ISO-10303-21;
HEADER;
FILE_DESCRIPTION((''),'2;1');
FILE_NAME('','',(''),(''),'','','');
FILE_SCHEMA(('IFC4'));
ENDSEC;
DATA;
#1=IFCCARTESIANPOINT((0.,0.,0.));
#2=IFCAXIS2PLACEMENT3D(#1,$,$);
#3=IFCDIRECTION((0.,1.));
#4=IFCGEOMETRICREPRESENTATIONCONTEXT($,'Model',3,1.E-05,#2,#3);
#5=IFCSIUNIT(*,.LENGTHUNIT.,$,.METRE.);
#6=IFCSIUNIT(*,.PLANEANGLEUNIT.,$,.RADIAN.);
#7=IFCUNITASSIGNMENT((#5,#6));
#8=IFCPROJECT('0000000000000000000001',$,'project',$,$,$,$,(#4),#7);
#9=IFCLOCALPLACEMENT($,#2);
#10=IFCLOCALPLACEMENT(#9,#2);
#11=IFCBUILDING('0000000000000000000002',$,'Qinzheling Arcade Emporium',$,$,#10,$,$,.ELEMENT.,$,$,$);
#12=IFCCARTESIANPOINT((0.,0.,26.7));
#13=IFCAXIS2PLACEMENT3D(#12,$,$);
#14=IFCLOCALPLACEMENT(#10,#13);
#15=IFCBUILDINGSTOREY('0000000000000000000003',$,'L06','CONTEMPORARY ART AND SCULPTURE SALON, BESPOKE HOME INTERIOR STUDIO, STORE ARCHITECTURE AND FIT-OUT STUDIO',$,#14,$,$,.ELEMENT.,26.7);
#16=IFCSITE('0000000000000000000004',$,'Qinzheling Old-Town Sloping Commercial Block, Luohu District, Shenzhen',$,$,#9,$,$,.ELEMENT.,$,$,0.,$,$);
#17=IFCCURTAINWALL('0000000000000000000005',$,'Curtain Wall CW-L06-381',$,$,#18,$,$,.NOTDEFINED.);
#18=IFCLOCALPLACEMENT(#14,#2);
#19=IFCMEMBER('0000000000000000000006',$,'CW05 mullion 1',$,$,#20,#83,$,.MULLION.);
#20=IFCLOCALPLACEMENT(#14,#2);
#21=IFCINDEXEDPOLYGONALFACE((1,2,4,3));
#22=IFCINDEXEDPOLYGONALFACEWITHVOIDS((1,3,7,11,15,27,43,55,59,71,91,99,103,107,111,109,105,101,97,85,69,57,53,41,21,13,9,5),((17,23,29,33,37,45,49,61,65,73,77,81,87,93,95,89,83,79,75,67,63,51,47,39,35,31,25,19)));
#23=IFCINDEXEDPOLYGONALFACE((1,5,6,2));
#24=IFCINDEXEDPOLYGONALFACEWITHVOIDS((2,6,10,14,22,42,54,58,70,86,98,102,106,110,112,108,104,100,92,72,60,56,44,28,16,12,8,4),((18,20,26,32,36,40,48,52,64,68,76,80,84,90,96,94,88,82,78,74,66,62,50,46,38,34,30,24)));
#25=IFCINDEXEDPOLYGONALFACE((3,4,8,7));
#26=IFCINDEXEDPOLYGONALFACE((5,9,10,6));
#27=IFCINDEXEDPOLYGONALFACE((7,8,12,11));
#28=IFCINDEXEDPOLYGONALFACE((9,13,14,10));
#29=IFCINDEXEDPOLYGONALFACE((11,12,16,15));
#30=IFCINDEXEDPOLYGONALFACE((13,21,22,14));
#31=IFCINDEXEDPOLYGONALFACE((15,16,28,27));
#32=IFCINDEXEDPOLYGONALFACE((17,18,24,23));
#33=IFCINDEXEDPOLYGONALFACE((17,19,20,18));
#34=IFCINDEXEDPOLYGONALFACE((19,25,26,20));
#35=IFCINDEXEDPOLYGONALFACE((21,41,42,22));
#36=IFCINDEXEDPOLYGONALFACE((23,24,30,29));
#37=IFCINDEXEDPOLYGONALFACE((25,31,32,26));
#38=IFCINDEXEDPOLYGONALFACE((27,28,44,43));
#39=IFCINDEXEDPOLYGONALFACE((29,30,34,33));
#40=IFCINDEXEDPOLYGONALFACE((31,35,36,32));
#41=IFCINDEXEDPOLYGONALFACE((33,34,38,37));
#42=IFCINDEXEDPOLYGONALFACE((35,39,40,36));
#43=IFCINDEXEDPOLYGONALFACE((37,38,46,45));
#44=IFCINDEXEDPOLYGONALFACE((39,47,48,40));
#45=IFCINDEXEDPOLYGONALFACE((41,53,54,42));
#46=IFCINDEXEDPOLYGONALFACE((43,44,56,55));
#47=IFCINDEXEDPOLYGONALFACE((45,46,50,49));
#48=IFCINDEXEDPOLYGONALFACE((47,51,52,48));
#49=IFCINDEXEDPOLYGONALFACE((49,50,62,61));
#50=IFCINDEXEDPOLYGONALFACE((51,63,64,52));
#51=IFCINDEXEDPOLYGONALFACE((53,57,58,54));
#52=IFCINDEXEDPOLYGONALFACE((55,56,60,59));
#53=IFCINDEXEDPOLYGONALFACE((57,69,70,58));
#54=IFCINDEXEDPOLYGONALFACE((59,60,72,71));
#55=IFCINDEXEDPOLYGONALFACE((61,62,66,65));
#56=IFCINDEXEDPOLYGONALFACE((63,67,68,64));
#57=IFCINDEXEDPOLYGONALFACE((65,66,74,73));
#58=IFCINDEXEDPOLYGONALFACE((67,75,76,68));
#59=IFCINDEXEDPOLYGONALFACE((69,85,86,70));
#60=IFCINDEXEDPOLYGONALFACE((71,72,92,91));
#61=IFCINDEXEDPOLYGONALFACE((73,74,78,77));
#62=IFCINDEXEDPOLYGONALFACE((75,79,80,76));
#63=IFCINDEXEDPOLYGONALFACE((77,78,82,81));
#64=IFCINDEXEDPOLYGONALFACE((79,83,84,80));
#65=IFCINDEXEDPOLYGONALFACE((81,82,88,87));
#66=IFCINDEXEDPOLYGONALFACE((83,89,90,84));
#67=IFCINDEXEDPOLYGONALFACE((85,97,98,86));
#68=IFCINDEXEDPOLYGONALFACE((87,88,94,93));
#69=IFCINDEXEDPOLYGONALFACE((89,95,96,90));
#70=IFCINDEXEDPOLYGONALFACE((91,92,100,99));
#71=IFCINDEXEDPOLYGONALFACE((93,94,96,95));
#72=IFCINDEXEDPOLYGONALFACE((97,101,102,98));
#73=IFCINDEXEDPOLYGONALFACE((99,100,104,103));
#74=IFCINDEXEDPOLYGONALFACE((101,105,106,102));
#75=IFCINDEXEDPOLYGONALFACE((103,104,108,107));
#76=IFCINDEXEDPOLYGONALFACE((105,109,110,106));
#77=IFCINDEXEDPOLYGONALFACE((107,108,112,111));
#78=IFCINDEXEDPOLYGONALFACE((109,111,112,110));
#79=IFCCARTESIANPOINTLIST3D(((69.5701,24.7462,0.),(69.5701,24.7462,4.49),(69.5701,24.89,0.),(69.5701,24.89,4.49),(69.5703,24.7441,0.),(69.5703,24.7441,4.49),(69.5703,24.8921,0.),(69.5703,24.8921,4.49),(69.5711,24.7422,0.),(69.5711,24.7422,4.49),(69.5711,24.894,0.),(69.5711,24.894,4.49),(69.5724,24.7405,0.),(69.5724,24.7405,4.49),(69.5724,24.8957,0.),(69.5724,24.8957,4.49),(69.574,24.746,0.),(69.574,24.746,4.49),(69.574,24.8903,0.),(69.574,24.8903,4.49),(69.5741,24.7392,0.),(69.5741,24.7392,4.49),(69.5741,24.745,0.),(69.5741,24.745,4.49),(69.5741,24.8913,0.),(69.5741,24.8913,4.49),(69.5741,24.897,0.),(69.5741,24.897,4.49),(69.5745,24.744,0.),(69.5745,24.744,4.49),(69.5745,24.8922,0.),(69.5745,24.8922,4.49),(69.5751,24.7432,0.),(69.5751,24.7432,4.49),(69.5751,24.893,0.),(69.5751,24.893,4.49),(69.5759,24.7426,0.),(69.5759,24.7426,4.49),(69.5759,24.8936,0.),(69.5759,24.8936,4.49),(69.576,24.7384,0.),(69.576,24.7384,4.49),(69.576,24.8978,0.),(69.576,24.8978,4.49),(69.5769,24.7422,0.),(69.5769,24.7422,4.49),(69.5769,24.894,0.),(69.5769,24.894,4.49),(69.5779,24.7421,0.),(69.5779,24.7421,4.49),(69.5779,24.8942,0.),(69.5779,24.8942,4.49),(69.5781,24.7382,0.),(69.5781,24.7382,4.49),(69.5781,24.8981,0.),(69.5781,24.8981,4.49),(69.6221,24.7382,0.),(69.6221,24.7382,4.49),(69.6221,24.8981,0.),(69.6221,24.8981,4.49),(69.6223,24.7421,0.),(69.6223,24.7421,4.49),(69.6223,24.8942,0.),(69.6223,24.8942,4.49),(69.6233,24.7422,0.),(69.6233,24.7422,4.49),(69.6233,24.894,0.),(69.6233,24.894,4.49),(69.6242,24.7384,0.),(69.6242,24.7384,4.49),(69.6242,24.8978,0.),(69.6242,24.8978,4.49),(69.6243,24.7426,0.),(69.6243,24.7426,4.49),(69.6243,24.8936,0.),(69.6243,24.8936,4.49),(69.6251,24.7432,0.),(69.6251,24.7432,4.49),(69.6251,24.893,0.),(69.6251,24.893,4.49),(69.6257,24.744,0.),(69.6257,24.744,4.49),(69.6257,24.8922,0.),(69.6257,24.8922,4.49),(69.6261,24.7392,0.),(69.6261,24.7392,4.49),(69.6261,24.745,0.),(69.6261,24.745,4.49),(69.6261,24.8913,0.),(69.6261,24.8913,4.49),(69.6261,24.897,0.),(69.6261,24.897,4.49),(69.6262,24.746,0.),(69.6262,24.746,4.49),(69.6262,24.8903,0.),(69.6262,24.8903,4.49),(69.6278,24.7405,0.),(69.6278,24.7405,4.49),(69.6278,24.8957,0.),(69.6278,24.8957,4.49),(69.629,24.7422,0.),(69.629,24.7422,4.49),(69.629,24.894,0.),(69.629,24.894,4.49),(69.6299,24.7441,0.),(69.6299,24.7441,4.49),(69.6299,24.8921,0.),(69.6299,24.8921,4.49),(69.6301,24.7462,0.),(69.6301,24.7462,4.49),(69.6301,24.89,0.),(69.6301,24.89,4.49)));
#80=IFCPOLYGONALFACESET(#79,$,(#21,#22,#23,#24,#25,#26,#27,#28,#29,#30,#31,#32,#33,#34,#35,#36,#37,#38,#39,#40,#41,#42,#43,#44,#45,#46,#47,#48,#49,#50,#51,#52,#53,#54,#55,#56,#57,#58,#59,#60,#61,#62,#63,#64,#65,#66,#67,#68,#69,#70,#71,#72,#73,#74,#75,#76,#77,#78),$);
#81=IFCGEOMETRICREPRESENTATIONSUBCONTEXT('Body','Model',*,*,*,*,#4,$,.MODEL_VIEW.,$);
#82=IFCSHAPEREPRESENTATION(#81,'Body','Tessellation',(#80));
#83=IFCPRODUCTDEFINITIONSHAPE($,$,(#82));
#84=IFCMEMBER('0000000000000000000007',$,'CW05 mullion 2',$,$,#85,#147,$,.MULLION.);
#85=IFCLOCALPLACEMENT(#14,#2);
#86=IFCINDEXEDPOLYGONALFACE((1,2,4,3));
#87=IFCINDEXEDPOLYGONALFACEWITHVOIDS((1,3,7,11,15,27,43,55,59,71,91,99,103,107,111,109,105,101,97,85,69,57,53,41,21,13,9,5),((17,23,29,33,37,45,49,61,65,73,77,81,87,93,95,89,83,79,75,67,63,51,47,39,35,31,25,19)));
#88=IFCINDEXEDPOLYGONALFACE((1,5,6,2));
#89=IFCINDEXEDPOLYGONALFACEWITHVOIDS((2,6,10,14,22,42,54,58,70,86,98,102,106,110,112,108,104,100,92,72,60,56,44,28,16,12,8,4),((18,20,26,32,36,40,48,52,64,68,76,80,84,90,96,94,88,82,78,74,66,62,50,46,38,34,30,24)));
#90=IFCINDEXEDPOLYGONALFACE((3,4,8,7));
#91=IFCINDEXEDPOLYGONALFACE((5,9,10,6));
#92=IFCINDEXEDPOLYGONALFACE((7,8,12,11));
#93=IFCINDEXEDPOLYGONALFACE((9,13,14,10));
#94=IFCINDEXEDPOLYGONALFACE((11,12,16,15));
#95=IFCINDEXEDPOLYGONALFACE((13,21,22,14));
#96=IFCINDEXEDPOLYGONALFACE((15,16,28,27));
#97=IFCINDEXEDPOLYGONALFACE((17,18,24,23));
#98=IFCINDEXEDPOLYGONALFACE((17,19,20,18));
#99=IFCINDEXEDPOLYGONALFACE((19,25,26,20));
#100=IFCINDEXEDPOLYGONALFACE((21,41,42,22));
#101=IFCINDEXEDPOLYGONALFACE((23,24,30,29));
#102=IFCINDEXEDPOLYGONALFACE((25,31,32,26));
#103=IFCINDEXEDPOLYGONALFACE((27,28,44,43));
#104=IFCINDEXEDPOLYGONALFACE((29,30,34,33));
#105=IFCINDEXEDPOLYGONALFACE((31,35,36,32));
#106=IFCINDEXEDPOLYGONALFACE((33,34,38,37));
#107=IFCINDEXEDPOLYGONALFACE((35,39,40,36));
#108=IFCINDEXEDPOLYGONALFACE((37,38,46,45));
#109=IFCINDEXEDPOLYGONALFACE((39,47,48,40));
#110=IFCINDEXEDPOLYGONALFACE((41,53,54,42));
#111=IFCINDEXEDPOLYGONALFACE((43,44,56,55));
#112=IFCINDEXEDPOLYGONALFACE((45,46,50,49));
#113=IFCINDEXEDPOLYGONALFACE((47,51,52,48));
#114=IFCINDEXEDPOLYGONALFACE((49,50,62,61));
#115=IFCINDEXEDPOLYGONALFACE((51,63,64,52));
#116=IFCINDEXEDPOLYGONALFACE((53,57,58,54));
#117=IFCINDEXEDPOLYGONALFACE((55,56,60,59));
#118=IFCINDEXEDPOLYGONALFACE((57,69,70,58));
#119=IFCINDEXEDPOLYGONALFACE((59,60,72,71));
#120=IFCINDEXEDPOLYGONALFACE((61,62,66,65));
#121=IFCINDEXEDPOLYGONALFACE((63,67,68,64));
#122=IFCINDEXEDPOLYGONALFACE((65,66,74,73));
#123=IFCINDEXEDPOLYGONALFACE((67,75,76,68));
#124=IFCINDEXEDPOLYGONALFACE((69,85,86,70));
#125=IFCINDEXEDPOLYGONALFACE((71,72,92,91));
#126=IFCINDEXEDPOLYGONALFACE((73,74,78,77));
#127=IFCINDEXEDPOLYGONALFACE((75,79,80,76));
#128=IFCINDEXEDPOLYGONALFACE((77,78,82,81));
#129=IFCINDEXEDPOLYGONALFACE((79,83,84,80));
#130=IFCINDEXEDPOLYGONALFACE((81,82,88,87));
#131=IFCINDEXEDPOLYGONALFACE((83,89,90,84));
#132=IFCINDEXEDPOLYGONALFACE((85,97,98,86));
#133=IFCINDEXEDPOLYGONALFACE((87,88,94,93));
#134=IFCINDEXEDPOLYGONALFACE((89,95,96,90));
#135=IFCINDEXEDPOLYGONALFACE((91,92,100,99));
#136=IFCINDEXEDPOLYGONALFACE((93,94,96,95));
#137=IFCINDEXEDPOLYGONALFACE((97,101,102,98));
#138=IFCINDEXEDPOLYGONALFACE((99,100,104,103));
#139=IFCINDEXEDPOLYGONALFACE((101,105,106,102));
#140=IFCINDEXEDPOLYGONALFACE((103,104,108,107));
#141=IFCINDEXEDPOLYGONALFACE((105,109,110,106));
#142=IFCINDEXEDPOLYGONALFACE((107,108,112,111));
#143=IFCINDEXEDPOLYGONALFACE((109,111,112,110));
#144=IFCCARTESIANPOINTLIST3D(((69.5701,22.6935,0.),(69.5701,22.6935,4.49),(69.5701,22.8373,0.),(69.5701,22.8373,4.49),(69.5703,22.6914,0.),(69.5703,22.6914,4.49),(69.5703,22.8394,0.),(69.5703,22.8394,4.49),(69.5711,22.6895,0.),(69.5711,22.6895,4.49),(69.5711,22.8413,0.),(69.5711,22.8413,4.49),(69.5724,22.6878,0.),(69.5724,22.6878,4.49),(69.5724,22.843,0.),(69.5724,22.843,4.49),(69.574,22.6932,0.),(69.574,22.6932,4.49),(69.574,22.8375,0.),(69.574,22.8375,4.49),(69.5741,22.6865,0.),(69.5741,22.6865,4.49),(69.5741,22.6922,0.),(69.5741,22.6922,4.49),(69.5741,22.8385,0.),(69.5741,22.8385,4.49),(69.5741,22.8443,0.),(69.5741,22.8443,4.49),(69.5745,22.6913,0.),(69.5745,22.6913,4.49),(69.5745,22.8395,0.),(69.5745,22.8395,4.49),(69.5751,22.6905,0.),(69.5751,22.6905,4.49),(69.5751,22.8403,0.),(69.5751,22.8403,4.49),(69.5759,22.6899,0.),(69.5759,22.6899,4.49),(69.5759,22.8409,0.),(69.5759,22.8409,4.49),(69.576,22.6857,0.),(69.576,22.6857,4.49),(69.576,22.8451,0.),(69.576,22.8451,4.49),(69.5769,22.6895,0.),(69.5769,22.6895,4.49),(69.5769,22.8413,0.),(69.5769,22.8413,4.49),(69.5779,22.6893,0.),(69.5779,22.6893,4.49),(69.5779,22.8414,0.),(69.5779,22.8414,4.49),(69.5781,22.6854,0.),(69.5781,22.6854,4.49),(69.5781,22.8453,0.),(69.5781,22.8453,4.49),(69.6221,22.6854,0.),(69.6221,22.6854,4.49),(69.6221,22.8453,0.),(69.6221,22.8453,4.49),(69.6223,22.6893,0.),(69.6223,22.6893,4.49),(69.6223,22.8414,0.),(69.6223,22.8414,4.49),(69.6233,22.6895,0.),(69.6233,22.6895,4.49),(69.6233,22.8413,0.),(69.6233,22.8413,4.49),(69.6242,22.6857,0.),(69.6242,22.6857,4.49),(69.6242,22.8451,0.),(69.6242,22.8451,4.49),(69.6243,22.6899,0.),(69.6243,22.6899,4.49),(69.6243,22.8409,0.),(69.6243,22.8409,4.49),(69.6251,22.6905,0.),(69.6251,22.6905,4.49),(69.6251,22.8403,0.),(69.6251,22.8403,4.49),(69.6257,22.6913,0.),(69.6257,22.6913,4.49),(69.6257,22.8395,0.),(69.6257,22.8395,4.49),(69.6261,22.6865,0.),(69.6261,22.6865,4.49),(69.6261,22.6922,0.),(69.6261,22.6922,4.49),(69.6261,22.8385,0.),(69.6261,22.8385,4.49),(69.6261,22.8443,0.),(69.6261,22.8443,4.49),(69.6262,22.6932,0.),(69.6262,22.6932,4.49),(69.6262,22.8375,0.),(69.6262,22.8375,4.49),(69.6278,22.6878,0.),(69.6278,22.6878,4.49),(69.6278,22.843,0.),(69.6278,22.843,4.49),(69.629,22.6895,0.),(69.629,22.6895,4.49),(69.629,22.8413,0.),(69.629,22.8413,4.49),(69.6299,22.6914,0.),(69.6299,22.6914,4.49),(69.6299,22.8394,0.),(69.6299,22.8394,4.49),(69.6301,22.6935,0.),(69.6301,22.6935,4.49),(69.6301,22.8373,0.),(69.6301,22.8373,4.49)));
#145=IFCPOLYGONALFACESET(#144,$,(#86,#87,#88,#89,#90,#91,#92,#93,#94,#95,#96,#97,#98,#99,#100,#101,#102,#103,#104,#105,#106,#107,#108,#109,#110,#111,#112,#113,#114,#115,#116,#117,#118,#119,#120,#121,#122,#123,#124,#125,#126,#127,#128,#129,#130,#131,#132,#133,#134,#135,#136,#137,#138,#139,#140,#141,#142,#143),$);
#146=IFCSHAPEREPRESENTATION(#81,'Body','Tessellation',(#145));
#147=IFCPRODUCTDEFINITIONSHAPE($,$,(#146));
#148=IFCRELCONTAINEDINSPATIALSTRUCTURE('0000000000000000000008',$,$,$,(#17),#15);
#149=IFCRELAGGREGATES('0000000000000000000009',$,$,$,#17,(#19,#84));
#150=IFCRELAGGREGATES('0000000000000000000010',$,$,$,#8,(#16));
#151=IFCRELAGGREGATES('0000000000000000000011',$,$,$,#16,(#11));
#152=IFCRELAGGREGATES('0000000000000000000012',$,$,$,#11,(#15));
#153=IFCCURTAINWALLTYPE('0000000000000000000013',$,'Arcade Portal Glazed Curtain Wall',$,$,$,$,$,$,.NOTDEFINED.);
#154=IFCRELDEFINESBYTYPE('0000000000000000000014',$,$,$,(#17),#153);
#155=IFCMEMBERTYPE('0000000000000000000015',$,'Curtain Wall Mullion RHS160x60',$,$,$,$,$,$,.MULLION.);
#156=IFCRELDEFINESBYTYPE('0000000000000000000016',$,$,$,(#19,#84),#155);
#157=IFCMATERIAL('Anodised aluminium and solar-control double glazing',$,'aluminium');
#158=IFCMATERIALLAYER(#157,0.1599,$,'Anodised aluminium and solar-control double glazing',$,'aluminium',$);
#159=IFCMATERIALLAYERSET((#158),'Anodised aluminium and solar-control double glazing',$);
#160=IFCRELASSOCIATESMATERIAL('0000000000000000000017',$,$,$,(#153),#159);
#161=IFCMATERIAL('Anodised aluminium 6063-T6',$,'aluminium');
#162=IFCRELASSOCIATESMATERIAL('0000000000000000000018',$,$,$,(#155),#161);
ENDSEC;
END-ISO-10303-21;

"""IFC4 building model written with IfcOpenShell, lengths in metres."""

from ifc_helpers import new_model, si_unit, direction, frame, origin, origin_2d, place, context, subcontext, project, spatial, hollow_rectangle, extrude, material, layer, layer_set, material_profile, profile_set, type_object, element, aggregate, save


model = new_model("IFC4")

# Units and contexts
model_context = context("Model", 3, precision=1e-05, world=origin(), true_north=direction((0.0, 1.0)))
body_context = subcontext(model_context, "Body", "Model", "MODEL_VIEW")
ifc_project = project(units=[si_unit("LENGTHUNIT", "METRE"), si_unit("PLANEANGLEUNIT", "RADIAN")], contexts=[model_context])

# Site, building, storey
site_placement = place(None, origin())
site = spatial("IfcSite", under=ifc_project, at=site_placement, Name="Qinzheling Old-Town Sloping Commercial Block, Luohu District, Shenzhen", CompositionType="ELEMENT", RefElevation=0.0)
building_placement = place(site_placement, origin())
building = spatial("IfcBuilding", under=site, at=building_placement, Name="Qinzheling Arcade Emporium", CompositionType="ELEMENT")
storey_placement = place(building_placement, frame((0.0, 0.0, 26.7)))
storey = spatial("IfcBuildingStorey", under=building, at=storey_placement, Name="L06", Description="CONTEMPORARY ART AND SCULPTURE SALON, BESPOKE HOME INTERIOR STUDIO, STORE ARCHITECTURE AND FIT-OUT STUDIO", CompositionType="ELEMENT", Elevation=26.7)

# Curtain wall, members
ifc_material_1 = material(Name="Anodised aluminium and solar-control double glazing", Category="aluminium")
ifc_layer_1 = layer(ifc_material_1, 0.1599, Name="Anodised aluminium and solar-control double glazing", Category="aluminium")
ifc_layer_set_1 = layer_set([ifc_layer_1], Name="Anodised aluminium and solar-control double glazing")
curtain_wall_type = type_object("IfcCurtainWallType", Name="Arcade Portal Glazed Curtain Wall", PredefinedType="NOTDEFINED", material=ifc_layer_set_1)
curtain_wall_1_placement = place(storey_placement, origin())
curtain_wall_1 = element("IfcCurtainWall", 1, at=curtain_wall_1_placement, inside=storey, type_object=curtain_wall_type, Name="Curtain Wall CW-L06-381", PredefinedType="NOTDEFINED")
ifc_material_2 = material(Name="Anodised aluminium 6063-T6", Category="aluminium")
ifc_material_profile_1 = material_profile(ifc_material_2, hollow_rectangle(XDim=0.0601, YDim=0.1599, WallThickness=0.0039, InnerFilletRadius=0.0039, OuterFilletRadius=0.0081, at=origin_2d()), Name="RHS 160x60x4", Category="aluminium")
ifc_profile_set_1 = profile_set([ifc_material_profile_1], Name="Anodised aluminium 6063-T6")
member_type_1 = type_object("IfcMemberType", Name="Curtain Wall Mullion RHS160x60", PredefinedType="MULLION", material=ifc_profile_set_1)
member_1_placement = place(storey_placement, frame((69.6001, 24.8181, 0.0), z_axis=(0.0, 0.0, 1.0), x_axis=(1.0, 0.0, 0.0)))
member_1 = element("IfcMember", 2, at=member_1_placement, type_object=member_type_1, Name="CW05 mullion 1", PredefinedType="MULLION", context=body_context, shape_type="SweptSolid", body=[
    extrude(hollow_rectangle(XDim=0.0601, YDim=0.1599, WallThickness=0.0039, InnerFilletRadius=0.0039, OuterFilletRadius=0.0081, at=origin_2d()), origin(), (0.0, 0.0, 1.0), 4.49),
])
member_2_placement = place(storey_placement, frame((69.6001, 22.7654, 0.0), z_axis=(0.0, 0.0, 1.0), x_axis=(1.0, 0.0, 0.0)))
member_2 = element("IfcMember", 3, at=member_2_placement, type_object=member_type_1, Name="CW05 mullion 2", PredefinedType="MULLION", context=body_context, shape_type="SweptSolid", body=[
    extrude(hollow_rectangle(XDim=0.0601, YDim=0.1599, WallThickness=0.0039, InnerFilletRadius=0.0039, OuterFilletRadius=0.0081, at=origin_2d()), origin(), (0.0, 0.0, 1.0), 4.49),
])

aggregate(curtain_wall_1, [member_1, member_2])

save(model, "model.ifc")
